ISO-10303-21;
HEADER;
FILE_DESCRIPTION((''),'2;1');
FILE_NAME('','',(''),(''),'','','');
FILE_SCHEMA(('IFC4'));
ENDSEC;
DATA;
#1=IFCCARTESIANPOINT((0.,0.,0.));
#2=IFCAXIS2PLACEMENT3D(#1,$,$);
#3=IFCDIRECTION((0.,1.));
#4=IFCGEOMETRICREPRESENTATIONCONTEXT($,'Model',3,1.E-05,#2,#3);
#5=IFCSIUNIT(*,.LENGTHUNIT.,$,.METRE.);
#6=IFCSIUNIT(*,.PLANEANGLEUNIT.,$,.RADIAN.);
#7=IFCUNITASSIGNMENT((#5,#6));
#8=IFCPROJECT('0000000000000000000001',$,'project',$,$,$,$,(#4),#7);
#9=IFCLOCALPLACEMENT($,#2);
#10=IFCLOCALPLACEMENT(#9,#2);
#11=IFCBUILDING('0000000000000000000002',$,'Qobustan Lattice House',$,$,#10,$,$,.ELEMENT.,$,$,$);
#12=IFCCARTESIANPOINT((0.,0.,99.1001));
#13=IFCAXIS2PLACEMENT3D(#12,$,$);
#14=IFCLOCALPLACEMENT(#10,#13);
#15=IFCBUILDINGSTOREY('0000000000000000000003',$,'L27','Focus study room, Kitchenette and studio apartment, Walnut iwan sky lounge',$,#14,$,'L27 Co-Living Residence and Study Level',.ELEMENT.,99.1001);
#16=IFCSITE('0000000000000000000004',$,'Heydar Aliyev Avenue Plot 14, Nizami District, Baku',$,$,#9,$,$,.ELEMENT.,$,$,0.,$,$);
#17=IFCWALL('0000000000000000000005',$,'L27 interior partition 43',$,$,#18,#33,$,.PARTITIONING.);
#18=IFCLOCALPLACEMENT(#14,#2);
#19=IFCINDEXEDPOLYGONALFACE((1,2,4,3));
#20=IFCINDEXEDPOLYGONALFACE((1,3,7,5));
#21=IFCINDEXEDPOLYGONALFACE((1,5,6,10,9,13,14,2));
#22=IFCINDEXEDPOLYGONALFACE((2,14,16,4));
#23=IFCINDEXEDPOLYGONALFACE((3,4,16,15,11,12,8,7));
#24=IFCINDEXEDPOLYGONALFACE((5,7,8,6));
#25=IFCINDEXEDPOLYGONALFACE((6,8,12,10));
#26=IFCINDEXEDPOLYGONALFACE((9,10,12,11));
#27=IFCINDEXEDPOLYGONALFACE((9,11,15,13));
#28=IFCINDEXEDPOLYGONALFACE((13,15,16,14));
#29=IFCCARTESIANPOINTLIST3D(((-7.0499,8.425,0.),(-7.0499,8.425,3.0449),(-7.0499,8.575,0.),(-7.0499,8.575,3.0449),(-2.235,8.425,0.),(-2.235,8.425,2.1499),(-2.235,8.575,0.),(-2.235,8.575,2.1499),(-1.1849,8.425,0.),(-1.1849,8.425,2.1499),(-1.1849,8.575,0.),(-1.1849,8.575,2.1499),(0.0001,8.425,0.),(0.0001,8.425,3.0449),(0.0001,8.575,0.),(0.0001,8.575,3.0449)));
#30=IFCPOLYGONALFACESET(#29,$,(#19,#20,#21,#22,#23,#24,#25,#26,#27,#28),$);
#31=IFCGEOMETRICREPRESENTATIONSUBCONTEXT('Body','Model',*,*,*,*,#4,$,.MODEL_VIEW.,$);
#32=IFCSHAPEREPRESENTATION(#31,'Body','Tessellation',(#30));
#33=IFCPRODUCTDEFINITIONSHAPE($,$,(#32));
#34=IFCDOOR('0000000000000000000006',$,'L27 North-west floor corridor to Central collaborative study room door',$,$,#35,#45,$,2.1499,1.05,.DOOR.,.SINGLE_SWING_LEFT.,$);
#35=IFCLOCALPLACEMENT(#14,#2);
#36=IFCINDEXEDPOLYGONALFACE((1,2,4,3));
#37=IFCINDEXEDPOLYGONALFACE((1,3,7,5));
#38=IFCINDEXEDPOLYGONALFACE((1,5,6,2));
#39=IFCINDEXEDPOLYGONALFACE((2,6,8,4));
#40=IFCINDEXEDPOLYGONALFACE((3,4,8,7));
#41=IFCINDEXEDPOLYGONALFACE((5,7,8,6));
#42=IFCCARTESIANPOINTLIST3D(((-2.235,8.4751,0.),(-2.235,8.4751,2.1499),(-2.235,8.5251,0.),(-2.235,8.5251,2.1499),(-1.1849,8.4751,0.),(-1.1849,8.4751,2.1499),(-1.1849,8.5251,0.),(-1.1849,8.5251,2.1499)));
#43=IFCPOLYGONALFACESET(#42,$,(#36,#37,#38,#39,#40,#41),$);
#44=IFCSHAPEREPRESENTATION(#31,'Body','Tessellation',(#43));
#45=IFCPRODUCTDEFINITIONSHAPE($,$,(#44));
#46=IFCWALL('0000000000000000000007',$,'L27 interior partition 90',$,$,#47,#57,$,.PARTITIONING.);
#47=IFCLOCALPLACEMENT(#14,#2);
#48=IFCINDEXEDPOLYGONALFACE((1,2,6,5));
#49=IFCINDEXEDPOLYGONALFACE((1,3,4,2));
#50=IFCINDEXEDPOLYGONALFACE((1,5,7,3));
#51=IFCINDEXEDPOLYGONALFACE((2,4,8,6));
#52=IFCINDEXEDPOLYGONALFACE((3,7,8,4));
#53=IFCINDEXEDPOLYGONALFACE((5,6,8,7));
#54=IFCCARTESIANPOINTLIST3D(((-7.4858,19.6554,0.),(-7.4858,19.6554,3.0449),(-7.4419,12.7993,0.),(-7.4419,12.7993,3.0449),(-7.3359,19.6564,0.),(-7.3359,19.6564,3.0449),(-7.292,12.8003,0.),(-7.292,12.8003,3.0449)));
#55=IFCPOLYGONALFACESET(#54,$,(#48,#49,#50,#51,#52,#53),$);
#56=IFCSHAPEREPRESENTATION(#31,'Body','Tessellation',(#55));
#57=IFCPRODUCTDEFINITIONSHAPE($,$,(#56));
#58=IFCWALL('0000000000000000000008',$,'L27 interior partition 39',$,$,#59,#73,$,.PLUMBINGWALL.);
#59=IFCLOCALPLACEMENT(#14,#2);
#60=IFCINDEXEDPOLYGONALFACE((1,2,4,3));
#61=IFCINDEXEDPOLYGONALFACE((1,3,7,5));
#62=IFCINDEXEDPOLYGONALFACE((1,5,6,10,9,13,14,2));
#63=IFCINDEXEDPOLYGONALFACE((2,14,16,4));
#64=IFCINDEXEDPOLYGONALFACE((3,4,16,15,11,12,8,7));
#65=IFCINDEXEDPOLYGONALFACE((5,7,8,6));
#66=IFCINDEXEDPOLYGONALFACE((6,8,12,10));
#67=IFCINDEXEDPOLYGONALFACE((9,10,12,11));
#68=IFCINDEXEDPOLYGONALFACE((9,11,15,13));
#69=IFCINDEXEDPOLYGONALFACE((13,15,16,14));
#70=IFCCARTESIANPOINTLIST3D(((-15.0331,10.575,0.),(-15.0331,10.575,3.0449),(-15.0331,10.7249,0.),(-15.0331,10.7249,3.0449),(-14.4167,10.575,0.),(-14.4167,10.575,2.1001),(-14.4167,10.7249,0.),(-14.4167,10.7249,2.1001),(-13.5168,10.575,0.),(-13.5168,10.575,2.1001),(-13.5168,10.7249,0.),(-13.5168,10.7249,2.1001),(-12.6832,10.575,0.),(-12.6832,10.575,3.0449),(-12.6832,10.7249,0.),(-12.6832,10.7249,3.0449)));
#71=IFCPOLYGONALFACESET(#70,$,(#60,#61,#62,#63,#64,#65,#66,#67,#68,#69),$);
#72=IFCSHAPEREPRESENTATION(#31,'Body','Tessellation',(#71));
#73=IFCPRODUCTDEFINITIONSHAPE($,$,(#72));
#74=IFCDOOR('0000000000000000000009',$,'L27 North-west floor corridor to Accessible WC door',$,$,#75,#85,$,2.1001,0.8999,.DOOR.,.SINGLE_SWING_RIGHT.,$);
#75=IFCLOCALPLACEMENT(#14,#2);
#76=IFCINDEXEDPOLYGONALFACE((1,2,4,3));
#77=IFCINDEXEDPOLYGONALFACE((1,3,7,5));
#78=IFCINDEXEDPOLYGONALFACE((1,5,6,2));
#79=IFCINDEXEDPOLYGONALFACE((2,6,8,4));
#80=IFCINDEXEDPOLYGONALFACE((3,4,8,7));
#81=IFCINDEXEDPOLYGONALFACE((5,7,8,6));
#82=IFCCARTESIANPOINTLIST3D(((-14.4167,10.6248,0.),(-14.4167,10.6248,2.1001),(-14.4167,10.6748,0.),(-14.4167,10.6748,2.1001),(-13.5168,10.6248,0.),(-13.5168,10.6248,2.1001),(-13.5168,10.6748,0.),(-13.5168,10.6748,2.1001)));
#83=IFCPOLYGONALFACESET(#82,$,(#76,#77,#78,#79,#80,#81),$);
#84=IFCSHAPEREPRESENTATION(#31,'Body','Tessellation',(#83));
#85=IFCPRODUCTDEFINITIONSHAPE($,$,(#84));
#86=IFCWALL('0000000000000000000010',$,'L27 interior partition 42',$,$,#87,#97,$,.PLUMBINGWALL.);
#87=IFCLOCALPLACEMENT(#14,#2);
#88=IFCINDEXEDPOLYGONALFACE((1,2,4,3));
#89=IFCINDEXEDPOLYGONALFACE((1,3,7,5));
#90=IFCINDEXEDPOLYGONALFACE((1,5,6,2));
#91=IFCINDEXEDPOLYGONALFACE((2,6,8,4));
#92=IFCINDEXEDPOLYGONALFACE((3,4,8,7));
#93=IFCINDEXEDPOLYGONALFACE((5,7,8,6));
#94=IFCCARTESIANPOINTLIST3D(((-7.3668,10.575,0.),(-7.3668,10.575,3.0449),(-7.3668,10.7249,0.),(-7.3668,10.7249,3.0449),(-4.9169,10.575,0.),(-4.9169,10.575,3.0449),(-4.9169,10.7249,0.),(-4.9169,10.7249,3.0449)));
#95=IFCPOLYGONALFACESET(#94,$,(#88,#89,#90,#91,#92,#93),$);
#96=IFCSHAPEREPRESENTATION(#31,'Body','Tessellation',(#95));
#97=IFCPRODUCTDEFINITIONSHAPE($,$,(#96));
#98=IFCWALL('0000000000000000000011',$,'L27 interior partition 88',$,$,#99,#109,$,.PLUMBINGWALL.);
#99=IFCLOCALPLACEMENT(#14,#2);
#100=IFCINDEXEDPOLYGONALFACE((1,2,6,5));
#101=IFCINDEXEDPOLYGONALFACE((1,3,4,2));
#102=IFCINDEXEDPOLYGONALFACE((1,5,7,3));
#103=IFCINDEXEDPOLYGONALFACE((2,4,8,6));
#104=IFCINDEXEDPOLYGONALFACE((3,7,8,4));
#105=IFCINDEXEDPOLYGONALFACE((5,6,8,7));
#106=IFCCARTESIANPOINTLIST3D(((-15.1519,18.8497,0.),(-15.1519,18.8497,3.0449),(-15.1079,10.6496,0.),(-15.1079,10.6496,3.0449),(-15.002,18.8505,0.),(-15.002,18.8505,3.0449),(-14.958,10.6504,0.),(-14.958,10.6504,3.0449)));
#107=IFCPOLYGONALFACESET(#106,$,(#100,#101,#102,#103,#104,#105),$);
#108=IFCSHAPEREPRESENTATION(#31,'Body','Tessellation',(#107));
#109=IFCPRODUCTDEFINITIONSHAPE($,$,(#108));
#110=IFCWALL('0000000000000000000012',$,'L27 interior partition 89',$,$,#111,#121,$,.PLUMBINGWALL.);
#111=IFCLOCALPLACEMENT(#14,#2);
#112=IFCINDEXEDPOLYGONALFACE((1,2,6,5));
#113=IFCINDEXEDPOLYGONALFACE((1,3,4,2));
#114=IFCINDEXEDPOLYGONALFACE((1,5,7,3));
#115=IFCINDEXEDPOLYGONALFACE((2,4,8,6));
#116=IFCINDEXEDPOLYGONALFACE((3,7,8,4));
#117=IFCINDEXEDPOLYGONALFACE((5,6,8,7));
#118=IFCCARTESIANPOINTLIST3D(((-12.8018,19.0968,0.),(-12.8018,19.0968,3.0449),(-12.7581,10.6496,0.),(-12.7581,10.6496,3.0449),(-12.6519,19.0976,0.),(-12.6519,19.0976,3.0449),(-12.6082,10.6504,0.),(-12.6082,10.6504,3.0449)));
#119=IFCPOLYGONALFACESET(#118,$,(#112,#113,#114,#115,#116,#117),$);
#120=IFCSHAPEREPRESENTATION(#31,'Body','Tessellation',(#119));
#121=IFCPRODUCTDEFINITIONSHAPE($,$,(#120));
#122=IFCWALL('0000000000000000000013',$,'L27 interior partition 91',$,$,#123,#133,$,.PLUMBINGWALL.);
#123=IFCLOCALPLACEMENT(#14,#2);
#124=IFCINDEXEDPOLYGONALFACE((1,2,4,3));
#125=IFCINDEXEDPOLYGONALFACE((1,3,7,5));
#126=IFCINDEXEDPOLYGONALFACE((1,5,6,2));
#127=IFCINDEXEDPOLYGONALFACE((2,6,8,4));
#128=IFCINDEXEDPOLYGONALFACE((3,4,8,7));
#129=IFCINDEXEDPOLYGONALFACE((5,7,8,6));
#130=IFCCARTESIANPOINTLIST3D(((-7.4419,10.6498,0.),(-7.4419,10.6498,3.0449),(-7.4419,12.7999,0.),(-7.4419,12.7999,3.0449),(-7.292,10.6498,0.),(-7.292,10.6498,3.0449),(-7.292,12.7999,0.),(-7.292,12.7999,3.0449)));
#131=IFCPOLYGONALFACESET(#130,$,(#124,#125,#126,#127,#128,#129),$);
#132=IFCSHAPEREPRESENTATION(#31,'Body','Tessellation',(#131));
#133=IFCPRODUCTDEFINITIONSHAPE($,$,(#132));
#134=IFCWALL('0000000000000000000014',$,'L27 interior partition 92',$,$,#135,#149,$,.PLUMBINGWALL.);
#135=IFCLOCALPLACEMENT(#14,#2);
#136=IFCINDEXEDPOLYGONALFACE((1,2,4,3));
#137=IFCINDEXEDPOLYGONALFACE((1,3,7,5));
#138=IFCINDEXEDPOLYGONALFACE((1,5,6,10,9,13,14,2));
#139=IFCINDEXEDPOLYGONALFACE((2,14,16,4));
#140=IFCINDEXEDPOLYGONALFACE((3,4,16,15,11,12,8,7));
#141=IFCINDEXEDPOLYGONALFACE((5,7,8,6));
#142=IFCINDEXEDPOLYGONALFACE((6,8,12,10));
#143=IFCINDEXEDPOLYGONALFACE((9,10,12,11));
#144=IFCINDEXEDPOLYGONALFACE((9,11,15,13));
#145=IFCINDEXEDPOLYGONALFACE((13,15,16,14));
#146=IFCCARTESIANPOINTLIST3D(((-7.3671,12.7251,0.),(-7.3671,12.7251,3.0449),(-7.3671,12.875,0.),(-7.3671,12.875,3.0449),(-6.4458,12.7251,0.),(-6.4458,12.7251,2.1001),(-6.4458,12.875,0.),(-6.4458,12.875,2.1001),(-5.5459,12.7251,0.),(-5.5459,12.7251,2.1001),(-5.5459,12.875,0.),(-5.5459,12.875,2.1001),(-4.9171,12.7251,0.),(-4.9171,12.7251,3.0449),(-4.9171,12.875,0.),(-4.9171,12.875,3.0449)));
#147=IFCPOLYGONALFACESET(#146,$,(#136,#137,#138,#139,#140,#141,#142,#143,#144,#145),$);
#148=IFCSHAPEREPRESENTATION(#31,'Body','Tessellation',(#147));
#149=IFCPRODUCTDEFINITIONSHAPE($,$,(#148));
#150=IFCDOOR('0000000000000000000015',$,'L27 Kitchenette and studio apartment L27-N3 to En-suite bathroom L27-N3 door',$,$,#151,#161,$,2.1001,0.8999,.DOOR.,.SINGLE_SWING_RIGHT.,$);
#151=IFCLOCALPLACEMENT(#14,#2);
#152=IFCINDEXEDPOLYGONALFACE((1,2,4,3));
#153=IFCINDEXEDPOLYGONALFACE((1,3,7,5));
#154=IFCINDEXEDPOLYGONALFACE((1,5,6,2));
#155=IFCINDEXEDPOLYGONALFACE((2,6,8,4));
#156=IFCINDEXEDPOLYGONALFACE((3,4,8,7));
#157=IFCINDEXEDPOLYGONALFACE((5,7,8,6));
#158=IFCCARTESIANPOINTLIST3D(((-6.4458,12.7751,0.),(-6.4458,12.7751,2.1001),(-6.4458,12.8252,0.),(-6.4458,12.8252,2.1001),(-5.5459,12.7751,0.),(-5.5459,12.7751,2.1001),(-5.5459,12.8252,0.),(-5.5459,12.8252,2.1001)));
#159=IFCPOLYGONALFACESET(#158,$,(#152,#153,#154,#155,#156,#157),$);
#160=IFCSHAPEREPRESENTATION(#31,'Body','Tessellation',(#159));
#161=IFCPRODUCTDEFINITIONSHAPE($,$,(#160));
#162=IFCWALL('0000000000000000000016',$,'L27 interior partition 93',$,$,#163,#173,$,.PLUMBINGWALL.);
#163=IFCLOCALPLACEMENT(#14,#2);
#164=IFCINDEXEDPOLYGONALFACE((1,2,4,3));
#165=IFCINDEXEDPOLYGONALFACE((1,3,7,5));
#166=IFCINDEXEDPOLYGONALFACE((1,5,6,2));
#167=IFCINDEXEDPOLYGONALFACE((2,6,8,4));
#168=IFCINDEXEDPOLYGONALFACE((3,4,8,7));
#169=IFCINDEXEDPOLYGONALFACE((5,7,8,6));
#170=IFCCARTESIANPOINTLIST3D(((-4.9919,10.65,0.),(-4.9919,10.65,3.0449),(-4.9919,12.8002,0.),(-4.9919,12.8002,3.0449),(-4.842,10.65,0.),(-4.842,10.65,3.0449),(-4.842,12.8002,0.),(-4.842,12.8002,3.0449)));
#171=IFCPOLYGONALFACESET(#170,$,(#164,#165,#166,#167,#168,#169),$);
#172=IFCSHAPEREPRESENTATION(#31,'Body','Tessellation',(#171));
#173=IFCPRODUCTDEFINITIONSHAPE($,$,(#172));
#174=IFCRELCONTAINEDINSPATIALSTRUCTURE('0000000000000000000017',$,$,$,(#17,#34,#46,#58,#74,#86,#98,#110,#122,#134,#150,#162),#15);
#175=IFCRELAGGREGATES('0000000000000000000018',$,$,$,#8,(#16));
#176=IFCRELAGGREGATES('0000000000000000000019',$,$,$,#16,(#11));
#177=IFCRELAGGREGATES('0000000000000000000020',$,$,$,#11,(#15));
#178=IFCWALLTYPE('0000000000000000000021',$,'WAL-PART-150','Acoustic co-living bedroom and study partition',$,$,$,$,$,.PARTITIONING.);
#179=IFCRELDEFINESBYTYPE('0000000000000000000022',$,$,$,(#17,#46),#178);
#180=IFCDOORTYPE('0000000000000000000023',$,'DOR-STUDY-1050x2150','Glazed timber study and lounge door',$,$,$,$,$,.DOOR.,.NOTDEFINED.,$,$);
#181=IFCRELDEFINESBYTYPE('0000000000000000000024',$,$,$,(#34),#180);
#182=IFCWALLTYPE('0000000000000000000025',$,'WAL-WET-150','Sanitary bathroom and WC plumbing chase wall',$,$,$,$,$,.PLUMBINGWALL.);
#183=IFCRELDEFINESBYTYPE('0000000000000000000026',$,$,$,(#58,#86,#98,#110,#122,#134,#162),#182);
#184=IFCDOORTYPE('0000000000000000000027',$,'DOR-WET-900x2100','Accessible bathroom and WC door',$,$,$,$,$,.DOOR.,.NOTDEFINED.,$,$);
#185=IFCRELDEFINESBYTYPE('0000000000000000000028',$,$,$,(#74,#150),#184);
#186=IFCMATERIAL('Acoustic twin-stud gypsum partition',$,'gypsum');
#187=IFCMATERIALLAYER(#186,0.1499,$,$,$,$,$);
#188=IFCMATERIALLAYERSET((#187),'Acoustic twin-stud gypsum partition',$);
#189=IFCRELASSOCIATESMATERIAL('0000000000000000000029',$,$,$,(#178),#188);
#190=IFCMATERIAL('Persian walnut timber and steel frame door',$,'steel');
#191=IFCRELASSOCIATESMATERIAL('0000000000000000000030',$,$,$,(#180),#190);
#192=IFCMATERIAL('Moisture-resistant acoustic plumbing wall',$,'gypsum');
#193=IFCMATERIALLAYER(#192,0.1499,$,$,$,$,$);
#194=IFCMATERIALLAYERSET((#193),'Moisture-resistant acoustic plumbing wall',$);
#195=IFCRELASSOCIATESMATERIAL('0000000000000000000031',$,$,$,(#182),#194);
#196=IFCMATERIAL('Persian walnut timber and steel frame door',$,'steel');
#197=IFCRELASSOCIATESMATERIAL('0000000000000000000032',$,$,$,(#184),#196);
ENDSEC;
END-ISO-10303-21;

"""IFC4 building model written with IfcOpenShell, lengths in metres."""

from ifc_helpers import new_model, si_unit, direction, frame, frame_2d, origin, place, context, subcontext, project, spatial, rectangle, extrude, material, layer, layer_set, type_object, element, fill, save


model = new_model("IFC4")

# Units and contexts
model_context = context("Model", 3, precision=1e-05, world=origin(), true_north=direction((0.0, 1.0)))
body_context = subcontext(model_context, "Body", "Model", "MODEL_VIEW")
ifc_project = project(units=[si_unit("LENGTHUNIT", "METRE"), si_unit("PLANEANGLEUNIT", "RADIAN")], contexts=[model_context])

# Site, building, storey
site_placement = place(None, origin())
site = spatial("IfcSite", under=ifc_project, at=site_placement, Name="Heydar Aliyev Avenue Plot 14, Nizami District, Baku", CompositionType="ELEMENT", RefElevation=0.0)
building_placement = place(site_placement, origin())
building = spatial("IfcBuilding", under=site, at=building_placement, Name="Qobustan Lattice House", CompositionType="ELEMENT")
storey_placement = place(building_placement, frame((0.0, 0.0, 99.1001)))
storey = spatial("IfcBuildingStorey", under=building, at=storey_placement, Name="L27", Description="Focus study room, Kitchenette and studio apartment, Walnut iwan sky lounge", LongName="L27 Co-Living Residence and Study Level", CompositionType="ELEMENT", Elevation=99.1001)

# Wall, opening, door
ifc_material_1 = material(Name="Acoustic twin-stud gypsum partition", Category="gypsum")
ifc_layer_1 = layer(ifc_material_1, 0.1499)
ifc_layer_set_1 = layer_set([ifc_layer_1], Name="Acoustic twin-stud gypsum partition")
wall_type_1 = type_object("IfcWallType", Name="WAL-PART-150", Description="Acoustic co-living bedroom and study partition", PredefinedType="PARTITIONING", material=ifc_layer_set_1)
wall_1_placement = place(storey_placement, frame((0.0, 8.5, 0.0), z_axis=(0.0, 0.0, 1.0), x_axis=(-1.0, 0.0, 0.0)))
wall_1 = element("IfcWall", 1, at=wall_1_placement, inside=storey, type_object=wall_type_1, Name="L27 interior partition 43", PredefinedType="PARTITIONING", context=body_context, shape_type="SweptSolid", body=[
    extrude(rectangle(XDim=7.05, YDim=0.1499, at=frame_2d((3.5249, 0.0))), origin(), (0.0, 0.0, 1.0), 3.0449),
])
opening_1_placement = place(wall_1_placement, frame((1.1851, 0.0, 0.0)))
opening_1 = element("IfcOpeningElement", 2, at=opening_1_placement, cuts=wall_1, PredefinedType="OPENING", context=body_context, shape_type="SweptSolid", body=[
    extrude(rectangle(XDim=1.05, YDim=2.1499, at=frame_2d((0.5249, 1.075))), frame((0.0, 0.085, 0.0), z_axis=(0.0, -1.0, 0.0), x_axis=(1.0, 0.0, 0.0)), (0.0, 0.0, 1.0), 0.1699),
])
ifc_material_2 = material(Name="Persian walnut timber and steel frame door", Category="steel")
door_type_1 = type_object("IfcDoorType", Name="DOR-STUDY-1050x2150", Description="Glazed timber study and lounge door", OperationType="NOTDEFINED", PredefinedType="DOOR", material=ifc_material_2)
door_1_placement = place(opening_1_placement, origin())
door_1 = element("IfcDoor", 3, at=door_1_placement, inside=storey, type_object=door_type_1, Name="L27 North-west floor corridor to Central collaborative study room door", OperationType="SINGLE_SWING_LEFT", OverallHeight=2.1499, OverallWidth=1.05, PredefinedType="DOOR", context=body_context, shape_type="SweptSolid", body=[
    extrude(rectangle(XDim=1.05, YDim=2.1499, at=frame_2d((0.5249, 1.075))), frame((0.0, 0.0249, 0.0), z_axis=(0.0, -1.0, 0.0), x_axis=(1.0, 0.0, 0.0)), (0.0, 0.0, 1.0), 0.05),
])
fill(opening_1, door_1)

# Wall
wall_2_placement = place(storey_placement, frame((-7.4109, 19.656, 0.0), z_axis=(0.0, 0.0, 1.0), x_axis=(0.00641, -0.999979, 0.0)))
element("IfcWall", 4, at=wall_2_placement, inside=storey, type_object=wall_type_1, Name="L27 interior partition 90", PredefinedType="PARTITIONING", context=body_context, shape_type="SweptSolid", body=[
    extrude(rectangle(XDim=6.8562, YDim=0.1499, at=frame_2d((3.4282, 0.0))), origin(), (0.0, 0.0, 1.0), 3.0449),
])

# Wall, opening, door
ifc_material_3 = material(Name="Moisture-resistant acoustic plumbing wall", Category="gypsum")
ifc_layer_2 = layer(ifc_material_3, 0.1499)
ifc_layer_set_2 = layer_set([ifc_layer_2], Name="Moisture-resistant acoustic plumbing wall")
wall_type_2 = type_object("IfcWallType", Name="WAL-WET-150", Description="Sanitary bathroom and WC plumbing chase wall", PredefinedType="PLUMBINGWALL", material=ifc_layer_set_2)
wall_3_placement = place(storey_placement, frame((-15.033, 10.6499, 0.0), z_axis=(0.0, 0.0, 1.0), x_axis=(1.0, 0.0, 0.0)))
wall_3 = element("IfcWall", 5, at=wall_3_placement, inside=storey, type_object=wall_type_2, Name="L27 interior partition 39", PredefinedType="PLUMBINGWALL", context=body_context, shape_type="SweptSolid", body=[
    extrude(rectangle(XDim=2.3499, YDim=0.1499, at=frame_2d((1.1748, 0.0))), origin(), (0.0, 0.0, 1.0), 3.0449),
])
opening_2_placement = place(wall_3_placement, frame((0.6162, 0.0, 0.0)))
opening_2 = element("IfcOpeningElement", 6, at=opening_2_placement, cuts=wall_3, PredefinedType="OPENING", context=body_context, shape_type="SweptSolid", body=[
    extrude(rectangle(XDim=0.8999, YDim=2.1001, at=frame_2d((0.45, 1.05))), frame((0.0, 0.085, 0.0), z_axis=(0.0, -1.0, 0.0), x_axis=(1.0, 0.0, 0.0)), (0.0, 0.0, 1.0), 0.1699),
])
ifc_material_4 = material(Name="Persian walnut timber and steel frame door", Category="steel")
door_type_2 = type_object("IfcDoorType", Name="DOR-WET-900x2100", Description="Accessible bathroom and WC door", OperationType="NOTDEFINED", PredefinedType="DOOR", material=ifc_material_4)
door_2_placement = place(opening_2_placement, origin())
door_2 = element("IfcDoor", 7, at=door_2_placement, inside=storey, type_object=door_type_2, Name="L27 North-west floor corridor to Accessible WC door", OperationType="SINGLE_SWING_RIGHT", OverallHeight=2.1001, OverallWidth=0.8999, PredefinedType="DOOR", context=body_context, shape_type="SweptSolid", body=[
    extrude(rectangle(XDim=0.8999, YDim=2.1001, at=frame_2d((0.45, 1.05))), frame((0.0, 0.0249, 0.0), z_axis=(0.0, -1.0, 0.0), x_axis=(1.0, 0.0, 0.0)), (0.0, 0.0, 1.0), 0.05),
])
fill(opening_2, door_2)

# Walls
wall_4_placement = place(storey_placement, frame((-7.3669, 10.6499, 0.0), z_axis=(0.0, 0.0, 1.0), x_axis=(1.0, 0.0, 0.0)))
element("IfcWall", 8, at=wall_4_placement, inside=storey, type_object=wall_type_2, Name="L27 interior partition 42", PredefinedType="PLUMBINGWALL", context=body_context, shape_type="SweptSolid", body=[
    extrude(rectangle(XDim=2.45, YDim=0.1499, at=frame_2d((1.2251, 0.0))), origin(), (0.0, 0.0, 1.0), 3.0449),
])
wall_5_placement = place(storey_placement, frame((-15.0769, 18.8501, 0.0), z_axis=(0.0, 0.0, 1.0), x_axis=(0.005359, -0.999986, 0.0)))
element("IfcWall", 9, at=wall_5_placement, inside=storey, type_object=wall_type_2, Name="L27 interior partition 88", PredefinedType="PLUMBINGWALL", context=body_context, shape_type="SweptSolid", body=[
    extrude(rectangle(XDim=8.2002, YDim=0.1499, at=frame_2d((4.1001, 0.0))), origin(), (0.0, 0.0, 1.0), 3.0449),
])
wall_6_placement = place(storey_placement, frame((-12.7268, 19.0972, 0.0), z_axis=(0.0, 0.0, 1.0), x_axis=(0.005173, -0.999987, 0.0)))
element("IfcWall", 10, at=wall_6_placement, inside=storey, type_object=wall_type_2, Name="L27 interior partition 89", PredefinedType="PLUMBINGWALL", context=body_context, shape_type="SweptSolid", body=[
    extrude(rectangle(XDim=8.4473, YDim=0.1499, at=frame_2d((4.2236, 0.0))), origin(), (0.0, 0.0, 1.0), 3.0449),
])
wall_7_placement = place(storey_placement, frame((-7.3669, 12.8, 0.0), z_axis=(0.0, 0.0, 1.0), x_axis=(0.0, -1.0, 0.0)))
element("IfcWall", 11, at=wall_7_placement, inside=storey, type_object=wall_type_2, Name="L27 interior partition 91", PredefinedType="PLUMBINGWALL", context=body_context, shape_type="SweptSolid", body=[
    extrude(rectangle(XDim=2.1501, YDim=0.1499, at=frame_2d((1.0752, 0.0))), origin(), (0.0, 0.0, 1.0), 3.0449),
])

# Wall, opening, door
wall_8_placement = place(storey_placement, frame((-4.917, 12.8, 0.0), z_axis=(0.0, 0.0, 1.0), x_axis=(-1.0, 0.0, 0.0)))
wall_8 = element("IfcWall", 12, at=wall_8_placement, inside=storey, type_object=wall_type_2, Name="L27 interior partition 92", PredefinedType="PLUMBINGWALL", context=body_context, shape_type="SweptSolid", body=[
    extrude(rectangle(XDim=2.45, YDim=0.1499, at=frame_2d((1.2251, 0.0))), origin(), (0.0, 0.0, 1.0), 3.0449),
])
opening_3_placement = place(wall_8_placement, frame((0.6289, 0.0, 0.0)))
opening_3 = element("IfcOpeningElement", 13, at=opening_3_placement, cuts=wall_8, PredefinedType="OPENING", context=body_context, shape_type="SweptSolid", body=[
    extrude(rectangle(XDim=0.8999, YDim=2.1001, at=frame_2d((0.45, 1.05))), frame((0.0, 0.085, 0.0), z_axis=(0.0, -1.0, 0.0), x_axis=(1.0, 0.0, 0.0)), (0.0, 0.0, 1.0), 0.1699),
])
door_3_placement = place(opening_3_placement, origin())
door_3 = element("IfcDoor", 14, at=door_3_placement, inside=storey, type_object=door_type_2, Name="L27 Kitchenette and studio apartment L27-N3 to En-suite bathroom L27-N3 door", OperationType="SINGLE_SWING_RIGHT", OverallHeight=2.1001, OverallWidth=0.8999, PredefinedType="DOOR", context=body_context, shape_type="SweptSolid", body=[
    extrude(rectangle(XDim=0.8999, YDim=2.1001, at=frame_2d((0.45, 1.05))), frame((0.0, 0.0249, 0.0), z_axis=(0.0, -1.0, 0.0), x_axis=(1.0, 0.0, 0.0)), (0.0, 0.0, 1.0), 0.05),
])
fill(opening_3, door_3)

# Wall
wall_9_placement = place(storey_placement, frame((-4.917, 10.6499, 0.0), z_axis=(0.0, 0.0, 1.0), x_axis=(0.0, 1.0, 0.0)))
element("IfcWall", 15, at=wall_9_placement, inside=storey, type_object=wall_type_2, Name="L27 interior partition 93", PredefinedType="PLUMBINGWALL", context=body_context, shape_type="SweptSolid", body=[
    extrude(rectangle(XDim=2.1501, YDim=0.1499, at=frame_2d((1.0752, 0.0))), origin(), (0.0, 0.0, 1.0), 3.0449),
])

save(model, "model.ifc")
